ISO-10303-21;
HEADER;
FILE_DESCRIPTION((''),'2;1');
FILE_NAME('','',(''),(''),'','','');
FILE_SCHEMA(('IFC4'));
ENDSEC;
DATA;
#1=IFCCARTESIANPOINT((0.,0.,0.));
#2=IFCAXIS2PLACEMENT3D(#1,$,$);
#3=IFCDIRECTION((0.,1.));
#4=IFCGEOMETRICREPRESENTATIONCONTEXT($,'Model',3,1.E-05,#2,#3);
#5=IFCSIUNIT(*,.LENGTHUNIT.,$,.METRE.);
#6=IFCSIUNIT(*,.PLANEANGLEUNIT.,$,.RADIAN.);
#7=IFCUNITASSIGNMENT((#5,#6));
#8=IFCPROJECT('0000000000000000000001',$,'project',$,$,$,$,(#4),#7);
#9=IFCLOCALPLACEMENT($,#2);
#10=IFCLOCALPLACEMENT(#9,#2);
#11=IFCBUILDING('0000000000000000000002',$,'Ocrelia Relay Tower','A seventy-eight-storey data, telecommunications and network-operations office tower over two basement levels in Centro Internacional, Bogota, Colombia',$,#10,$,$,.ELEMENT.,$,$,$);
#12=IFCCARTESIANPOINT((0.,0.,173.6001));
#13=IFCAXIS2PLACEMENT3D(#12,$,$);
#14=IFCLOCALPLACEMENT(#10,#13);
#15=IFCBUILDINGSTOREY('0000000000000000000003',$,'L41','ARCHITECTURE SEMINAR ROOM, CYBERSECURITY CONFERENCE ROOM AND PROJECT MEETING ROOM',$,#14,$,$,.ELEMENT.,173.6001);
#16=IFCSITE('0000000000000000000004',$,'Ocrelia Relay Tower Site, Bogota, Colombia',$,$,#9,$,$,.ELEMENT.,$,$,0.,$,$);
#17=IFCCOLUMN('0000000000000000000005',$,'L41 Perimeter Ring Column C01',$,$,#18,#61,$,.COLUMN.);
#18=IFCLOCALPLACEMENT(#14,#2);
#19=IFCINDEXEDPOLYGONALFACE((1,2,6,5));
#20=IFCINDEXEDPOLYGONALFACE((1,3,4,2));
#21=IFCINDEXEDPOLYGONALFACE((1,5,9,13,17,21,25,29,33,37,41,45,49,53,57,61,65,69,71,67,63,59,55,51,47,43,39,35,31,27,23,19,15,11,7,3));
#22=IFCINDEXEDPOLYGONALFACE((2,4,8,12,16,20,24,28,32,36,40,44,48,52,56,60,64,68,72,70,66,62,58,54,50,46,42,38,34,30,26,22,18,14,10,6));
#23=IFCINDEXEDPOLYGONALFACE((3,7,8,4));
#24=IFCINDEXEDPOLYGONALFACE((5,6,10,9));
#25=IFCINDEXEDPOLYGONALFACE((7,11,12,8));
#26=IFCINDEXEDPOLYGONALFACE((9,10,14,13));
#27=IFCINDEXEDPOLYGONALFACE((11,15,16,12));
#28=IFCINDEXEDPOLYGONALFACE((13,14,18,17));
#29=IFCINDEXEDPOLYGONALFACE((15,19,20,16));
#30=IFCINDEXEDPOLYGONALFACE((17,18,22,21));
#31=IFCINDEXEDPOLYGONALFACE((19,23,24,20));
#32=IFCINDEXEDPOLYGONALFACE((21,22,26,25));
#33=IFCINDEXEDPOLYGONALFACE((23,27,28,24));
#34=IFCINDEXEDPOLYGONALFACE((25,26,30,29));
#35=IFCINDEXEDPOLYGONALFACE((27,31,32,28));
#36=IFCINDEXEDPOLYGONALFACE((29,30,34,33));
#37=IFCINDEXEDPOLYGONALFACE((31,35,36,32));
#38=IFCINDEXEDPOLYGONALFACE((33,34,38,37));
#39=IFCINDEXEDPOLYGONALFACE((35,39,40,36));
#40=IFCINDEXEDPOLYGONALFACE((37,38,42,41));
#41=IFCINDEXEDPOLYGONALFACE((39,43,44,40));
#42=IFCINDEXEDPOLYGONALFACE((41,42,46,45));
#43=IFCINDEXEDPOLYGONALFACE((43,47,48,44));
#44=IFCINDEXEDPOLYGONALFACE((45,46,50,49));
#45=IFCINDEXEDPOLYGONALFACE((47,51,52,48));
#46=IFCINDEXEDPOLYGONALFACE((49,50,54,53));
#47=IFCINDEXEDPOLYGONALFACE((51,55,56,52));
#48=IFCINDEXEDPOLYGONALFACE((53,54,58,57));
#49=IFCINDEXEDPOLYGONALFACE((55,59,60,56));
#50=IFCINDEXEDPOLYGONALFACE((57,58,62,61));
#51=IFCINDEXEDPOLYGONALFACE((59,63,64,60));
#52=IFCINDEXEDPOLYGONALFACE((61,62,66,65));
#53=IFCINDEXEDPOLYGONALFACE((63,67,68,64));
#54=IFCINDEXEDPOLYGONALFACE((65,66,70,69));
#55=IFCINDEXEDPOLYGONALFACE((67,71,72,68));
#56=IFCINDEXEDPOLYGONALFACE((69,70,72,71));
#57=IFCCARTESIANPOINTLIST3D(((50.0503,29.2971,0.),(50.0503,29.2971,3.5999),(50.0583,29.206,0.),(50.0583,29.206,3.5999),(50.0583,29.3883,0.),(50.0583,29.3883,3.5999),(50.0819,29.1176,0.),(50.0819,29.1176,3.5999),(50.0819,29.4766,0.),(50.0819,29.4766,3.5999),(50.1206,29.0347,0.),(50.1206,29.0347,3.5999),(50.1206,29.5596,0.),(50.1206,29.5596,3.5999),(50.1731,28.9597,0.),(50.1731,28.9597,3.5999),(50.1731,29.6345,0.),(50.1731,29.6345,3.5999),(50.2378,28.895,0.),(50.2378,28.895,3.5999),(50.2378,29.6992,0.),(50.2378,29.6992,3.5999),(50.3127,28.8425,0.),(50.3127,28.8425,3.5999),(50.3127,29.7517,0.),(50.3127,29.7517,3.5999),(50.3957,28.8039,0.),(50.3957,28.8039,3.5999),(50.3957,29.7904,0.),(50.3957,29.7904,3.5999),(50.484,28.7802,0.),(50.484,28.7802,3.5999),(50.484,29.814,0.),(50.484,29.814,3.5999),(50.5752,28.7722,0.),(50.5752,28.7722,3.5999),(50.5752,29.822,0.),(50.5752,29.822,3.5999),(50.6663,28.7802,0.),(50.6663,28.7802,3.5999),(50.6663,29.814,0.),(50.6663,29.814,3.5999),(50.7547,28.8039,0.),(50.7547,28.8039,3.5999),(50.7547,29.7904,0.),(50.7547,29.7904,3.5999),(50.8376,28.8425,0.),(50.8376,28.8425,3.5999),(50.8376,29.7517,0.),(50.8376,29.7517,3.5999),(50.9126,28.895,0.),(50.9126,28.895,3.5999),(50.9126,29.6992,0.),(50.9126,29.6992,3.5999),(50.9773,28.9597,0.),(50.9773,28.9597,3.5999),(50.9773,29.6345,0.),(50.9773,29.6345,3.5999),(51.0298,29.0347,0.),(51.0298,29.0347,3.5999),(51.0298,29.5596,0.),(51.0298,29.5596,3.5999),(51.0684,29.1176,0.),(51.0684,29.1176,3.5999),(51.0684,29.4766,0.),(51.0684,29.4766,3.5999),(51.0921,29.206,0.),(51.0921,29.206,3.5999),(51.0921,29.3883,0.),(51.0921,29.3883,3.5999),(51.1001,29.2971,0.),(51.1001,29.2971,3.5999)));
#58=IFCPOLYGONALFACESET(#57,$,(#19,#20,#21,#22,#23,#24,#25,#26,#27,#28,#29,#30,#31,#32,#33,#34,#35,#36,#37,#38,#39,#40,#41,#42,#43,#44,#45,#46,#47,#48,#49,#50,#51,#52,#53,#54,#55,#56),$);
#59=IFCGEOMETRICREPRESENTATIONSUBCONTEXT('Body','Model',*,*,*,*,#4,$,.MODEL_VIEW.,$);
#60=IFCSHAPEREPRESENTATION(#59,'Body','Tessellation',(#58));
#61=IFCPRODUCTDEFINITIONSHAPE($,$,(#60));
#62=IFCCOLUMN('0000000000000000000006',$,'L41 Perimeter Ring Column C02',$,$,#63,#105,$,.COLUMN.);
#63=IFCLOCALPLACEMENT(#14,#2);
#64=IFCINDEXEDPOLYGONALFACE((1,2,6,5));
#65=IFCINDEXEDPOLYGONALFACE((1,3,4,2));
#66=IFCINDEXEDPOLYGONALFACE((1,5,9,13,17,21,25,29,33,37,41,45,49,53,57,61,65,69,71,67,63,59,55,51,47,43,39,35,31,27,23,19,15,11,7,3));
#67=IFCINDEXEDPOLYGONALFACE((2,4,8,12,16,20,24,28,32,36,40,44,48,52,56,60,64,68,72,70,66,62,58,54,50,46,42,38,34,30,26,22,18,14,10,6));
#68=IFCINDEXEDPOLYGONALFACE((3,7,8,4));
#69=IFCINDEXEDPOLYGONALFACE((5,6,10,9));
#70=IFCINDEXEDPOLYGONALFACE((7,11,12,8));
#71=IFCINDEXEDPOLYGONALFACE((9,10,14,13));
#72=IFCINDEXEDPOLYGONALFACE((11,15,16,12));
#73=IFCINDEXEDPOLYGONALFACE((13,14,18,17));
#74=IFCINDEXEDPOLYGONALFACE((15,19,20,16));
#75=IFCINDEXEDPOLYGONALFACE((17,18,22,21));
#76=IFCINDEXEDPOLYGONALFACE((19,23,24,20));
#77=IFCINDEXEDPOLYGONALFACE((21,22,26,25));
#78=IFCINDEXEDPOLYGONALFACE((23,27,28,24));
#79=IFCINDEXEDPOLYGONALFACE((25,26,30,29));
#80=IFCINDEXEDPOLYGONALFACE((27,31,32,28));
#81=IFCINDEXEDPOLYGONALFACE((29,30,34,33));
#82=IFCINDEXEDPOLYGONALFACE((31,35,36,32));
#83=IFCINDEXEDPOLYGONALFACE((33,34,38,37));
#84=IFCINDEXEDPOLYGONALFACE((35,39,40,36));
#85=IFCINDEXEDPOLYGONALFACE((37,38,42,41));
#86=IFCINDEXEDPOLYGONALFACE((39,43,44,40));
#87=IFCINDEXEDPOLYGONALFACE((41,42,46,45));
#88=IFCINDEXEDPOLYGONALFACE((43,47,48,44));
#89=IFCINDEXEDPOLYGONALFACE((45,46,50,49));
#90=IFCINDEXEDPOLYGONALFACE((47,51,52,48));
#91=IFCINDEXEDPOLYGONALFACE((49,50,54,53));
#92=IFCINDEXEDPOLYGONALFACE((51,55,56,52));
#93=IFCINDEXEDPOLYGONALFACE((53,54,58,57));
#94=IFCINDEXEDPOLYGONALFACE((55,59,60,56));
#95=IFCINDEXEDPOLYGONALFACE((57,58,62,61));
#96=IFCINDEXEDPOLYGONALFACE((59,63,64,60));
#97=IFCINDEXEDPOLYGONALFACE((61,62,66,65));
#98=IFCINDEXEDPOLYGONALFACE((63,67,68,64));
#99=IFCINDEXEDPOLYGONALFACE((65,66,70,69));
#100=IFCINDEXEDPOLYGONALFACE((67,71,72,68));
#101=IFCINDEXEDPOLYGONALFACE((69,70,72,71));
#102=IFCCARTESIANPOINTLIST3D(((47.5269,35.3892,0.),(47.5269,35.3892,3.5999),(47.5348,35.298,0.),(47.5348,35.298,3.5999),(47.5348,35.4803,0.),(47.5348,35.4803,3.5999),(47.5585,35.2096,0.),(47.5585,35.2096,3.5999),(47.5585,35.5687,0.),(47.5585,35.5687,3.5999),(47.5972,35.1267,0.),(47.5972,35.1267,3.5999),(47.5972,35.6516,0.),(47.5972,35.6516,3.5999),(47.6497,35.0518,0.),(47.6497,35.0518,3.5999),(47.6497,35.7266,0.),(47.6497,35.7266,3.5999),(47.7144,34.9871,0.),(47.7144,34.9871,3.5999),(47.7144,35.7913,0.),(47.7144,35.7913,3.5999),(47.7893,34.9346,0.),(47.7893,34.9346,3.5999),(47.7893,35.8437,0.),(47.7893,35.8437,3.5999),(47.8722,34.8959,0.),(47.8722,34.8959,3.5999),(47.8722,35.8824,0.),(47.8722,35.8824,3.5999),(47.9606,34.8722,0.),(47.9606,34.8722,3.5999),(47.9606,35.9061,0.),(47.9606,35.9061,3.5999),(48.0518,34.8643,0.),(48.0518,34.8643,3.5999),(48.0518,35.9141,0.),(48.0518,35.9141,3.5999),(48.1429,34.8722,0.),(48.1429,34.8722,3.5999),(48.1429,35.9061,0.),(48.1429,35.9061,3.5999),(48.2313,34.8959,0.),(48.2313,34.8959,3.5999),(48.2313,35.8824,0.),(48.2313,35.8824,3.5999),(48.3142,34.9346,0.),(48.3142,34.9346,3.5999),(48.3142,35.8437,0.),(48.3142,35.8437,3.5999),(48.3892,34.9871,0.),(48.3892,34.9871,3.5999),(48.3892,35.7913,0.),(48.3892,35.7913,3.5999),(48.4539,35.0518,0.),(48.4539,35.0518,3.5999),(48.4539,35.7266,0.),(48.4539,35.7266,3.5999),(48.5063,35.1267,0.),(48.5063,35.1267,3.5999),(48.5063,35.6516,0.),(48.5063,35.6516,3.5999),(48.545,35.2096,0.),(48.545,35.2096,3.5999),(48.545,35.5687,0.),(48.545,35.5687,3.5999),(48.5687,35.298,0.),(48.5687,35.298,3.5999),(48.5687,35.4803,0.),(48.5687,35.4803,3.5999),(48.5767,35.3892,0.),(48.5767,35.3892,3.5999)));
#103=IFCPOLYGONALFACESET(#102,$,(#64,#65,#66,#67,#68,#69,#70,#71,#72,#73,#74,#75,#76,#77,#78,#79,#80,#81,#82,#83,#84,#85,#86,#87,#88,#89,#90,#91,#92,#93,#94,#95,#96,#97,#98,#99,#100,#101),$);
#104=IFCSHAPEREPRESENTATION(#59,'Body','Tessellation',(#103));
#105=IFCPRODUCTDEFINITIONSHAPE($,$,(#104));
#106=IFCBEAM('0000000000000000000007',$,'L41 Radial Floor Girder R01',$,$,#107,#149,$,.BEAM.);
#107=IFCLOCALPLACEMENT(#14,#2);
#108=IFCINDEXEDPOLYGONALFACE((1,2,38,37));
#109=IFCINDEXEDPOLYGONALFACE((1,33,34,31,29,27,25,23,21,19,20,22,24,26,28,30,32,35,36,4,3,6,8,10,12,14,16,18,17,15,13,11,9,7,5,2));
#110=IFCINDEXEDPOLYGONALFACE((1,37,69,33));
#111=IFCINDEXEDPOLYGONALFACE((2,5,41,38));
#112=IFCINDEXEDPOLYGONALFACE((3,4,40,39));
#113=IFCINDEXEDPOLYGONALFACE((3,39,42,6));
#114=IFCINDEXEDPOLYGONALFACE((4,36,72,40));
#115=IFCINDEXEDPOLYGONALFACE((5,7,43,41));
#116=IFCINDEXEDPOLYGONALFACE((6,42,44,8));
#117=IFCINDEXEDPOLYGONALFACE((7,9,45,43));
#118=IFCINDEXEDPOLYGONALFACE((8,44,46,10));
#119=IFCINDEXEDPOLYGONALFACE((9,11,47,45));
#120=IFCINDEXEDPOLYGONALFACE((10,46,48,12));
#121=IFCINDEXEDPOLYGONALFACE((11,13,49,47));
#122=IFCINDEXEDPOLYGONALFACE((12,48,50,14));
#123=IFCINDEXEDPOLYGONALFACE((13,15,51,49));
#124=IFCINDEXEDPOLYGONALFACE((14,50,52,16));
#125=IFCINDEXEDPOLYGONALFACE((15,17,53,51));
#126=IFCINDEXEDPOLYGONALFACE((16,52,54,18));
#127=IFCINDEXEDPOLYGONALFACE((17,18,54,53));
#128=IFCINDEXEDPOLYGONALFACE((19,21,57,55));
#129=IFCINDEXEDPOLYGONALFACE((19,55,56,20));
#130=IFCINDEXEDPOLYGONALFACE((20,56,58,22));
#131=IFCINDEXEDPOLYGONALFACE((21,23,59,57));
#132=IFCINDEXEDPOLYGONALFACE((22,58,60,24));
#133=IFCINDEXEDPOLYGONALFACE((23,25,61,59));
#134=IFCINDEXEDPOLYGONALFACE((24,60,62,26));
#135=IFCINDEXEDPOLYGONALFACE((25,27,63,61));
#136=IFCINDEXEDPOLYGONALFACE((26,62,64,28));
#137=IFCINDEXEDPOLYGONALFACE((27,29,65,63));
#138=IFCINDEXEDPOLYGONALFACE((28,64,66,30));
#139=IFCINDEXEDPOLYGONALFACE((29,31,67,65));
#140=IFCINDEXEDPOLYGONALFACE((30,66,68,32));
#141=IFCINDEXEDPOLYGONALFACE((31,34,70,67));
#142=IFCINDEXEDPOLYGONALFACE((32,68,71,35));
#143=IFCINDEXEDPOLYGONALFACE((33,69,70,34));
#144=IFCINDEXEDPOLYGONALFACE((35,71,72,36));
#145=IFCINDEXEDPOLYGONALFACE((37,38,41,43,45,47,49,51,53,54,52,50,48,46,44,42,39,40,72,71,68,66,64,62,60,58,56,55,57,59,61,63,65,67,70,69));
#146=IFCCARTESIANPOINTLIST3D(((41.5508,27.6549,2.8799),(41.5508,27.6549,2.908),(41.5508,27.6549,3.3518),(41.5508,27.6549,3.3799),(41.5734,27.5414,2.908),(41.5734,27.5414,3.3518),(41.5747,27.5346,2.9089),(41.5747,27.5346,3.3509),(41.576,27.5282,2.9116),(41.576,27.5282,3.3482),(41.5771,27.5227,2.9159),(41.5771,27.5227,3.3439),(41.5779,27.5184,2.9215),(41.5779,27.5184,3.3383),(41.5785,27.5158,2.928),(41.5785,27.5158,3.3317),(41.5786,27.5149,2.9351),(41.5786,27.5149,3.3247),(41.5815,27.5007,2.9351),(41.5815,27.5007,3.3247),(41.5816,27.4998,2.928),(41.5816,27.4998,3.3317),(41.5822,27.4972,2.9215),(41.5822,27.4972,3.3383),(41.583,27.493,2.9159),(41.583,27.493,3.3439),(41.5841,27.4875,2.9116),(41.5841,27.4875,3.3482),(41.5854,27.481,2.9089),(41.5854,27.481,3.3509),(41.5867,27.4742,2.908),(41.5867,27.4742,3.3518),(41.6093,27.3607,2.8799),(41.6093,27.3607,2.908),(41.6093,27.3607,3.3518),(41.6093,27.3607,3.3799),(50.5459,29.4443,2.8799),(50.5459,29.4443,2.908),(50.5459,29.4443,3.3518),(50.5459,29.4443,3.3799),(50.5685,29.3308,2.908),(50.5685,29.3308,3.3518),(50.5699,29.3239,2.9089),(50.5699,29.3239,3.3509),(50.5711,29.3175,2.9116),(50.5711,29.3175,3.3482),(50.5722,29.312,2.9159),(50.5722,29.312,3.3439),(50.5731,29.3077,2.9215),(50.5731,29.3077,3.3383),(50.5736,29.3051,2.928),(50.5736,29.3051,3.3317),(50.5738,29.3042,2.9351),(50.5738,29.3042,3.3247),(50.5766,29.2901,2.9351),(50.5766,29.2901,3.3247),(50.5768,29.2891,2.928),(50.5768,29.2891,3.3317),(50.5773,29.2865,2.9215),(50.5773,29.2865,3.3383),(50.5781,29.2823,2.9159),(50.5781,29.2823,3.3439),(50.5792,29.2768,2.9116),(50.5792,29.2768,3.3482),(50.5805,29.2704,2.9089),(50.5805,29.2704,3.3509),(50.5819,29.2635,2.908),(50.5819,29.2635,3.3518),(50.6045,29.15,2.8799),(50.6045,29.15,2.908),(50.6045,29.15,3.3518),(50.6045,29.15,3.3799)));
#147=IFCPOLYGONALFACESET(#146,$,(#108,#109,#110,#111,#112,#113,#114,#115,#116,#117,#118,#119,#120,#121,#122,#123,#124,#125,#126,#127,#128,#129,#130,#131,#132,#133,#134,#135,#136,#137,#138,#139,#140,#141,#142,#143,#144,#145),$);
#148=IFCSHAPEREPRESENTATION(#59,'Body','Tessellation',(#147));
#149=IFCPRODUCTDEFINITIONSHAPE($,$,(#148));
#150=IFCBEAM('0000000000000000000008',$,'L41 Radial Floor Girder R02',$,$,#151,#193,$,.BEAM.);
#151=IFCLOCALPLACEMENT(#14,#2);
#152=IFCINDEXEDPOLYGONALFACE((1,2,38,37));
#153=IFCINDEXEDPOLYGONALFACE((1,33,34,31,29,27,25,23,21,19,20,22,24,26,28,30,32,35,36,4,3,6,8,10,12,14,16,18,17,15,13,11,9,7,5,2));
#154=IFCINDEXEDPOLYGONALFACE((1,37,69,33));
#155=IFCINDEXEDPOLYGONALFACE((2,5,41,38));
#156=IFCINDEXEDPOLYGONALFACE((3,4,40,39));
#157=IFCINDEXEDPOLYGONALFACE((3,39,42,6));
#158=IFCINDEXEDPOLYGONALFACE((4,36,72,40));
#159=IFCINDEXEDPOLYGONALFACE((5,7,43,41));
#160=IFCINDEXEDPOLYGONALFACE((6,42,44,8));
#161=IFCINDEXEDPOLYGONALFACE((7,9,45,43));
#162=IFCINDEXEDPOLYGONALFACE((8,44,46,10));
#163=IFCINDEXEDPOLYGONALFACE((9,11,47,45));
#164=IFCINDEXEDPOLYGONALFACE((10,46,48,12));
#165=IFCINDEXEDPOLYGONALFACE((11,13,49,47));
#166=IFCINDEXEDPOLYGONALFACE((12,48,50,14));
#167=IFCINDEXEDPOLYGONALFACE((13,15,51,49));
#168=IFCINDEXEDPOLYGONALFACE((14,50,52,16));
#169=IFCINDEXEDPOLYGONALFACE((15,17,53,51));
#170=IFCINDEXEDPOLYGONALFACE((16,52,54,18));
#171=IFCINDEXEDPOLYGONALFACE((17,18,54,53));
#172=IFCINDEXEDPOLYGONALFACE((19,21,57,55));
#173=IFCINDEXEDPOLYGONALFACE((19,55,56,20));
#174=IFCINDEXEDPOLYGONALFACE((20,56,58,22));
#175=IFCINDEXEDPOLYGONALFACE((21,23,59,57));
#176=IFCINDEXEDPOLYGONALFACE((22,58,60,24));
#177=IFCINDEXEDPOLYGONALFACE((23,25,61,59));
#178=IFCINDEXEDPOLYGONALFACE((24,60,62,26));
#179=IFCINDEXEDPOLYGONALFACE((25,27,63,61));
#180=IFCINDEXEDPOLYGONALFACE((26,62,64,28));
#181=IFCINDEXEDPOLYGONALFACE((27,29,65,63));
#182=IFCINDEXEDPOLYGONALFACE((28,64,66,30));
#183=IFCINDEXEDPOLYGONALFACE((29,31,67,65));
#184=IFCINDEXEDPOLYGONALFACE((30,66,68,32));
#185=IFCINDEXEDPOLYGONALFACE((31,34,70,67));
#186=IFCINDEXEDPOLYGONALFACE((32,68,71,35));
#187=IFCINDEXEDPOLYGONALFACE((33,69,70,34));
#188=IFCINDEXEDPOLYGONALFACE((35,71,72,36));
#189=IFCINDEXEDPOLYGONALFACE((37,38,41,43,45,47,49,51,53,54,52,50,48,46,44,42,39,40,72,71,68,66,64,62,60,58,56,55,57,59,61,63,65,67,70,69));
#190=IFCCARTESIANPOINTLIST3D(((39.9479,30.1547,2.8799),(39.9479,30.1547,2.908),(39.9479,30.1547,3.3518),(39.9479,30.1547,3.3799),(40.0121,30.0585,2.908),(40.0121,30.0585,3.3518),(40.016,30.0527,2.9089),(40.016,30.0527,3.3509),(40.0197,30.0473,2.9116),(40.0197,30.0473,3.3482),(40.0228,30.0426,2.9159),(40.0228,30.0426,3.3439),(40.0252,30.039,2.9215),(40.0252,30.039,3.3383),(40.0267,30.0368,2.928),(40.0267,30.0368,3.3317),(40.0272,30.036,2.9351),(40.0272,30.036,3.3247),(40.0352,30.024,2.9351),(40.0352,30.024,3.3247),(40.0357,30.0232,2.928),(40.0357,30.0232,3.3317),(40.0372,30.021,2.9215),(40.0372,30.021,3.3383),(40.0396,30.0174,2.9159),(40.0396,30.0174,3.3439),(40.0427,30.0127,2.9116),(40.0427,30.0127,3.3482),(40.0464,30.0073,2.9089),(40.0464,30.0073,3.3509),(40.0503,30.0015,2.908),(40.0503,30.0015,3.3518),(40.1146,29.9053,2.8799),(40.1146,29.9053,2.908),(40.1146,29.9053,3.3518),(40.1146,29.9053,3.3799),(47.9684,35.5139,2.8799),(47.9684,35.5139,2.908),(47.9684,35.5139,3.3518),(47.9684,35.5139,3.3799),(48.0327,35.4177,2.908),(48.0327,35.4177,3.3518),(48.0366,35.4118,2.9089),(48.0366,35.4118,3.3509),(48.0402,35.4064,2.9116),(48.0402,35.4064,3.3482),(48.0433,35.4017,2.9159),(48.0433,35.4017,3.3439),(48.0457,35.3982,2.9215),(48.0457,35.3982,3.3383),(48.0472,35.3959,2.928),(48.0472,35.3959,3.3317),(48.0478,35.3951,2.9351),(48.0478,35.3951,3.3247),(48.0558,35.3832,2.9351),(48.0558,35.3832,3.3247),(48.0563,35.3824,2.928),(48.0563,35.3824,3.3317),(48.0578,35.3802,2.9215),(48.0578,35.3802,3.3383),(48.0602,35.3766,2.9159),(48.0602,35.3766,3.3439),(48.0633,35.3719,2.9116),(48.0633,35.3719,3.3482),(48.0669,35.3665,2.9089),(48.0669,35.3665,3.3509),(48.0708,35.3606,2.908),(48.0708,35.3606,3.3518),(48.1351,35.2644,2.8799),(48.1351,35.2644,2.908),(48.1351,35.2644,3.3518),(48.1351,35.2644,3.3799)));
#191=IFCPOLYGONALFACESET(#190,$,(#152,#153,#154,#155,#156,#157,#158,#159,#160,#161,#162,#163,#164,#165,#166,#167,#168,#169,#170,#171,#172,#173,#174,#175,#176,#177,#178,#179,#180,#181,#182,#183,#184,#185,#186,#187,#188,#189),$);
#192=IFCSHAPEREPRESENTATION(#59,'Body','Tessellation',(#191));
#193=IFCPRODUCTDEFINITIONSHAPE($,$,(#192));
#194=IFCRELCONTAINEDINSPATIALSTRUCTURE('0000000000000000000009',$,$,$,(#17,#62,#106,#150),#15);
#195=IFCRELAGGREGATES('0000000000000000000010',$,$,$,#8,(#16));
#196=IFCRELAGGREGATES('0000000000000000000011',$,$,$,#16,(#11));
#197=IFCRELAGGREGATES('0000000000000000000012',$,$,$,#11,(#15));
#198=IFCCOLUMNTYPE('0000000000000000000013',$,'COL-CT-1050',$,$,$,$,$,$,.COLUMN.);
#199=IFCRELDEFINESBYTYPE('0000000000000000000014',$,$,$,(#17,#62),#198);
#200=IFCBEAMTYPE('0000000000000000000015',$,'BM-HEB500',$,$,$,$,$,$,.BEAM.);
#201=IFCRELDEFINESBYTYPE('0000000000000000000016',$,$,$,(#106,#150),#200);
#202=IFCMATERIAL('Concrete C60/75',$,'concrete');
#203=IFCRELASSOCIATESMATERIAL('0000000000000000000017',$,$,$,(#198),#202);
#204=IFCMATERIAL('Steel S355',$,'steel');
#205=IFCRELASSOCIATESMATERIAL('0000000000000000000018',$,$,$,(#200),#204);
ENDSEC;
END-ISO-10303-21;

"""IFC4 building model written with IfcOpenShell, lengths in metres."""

from ifc_helpers import new_model, si_unit, direction, frame, origin, origin_2d, place, context, subcontext, project, spatial, circle, i_section, extrude, material, material_profile, profile_set, type_object, element, save


model = new_model("IFC4")

# Units and contexts
model_context = context("Model", 3, precision=1e-05, world=origin(), true_north=direction((0.0, 1.0)))
body_context = subcontext(model_context, "Body", "Model", "MODEL_VIEW")
ifc_project = project(units=[si_unit("LENGTHUNIT", "METRE"), si_unit("PLANEANGLEUNIT", "RADIAN")], contexts=[model_context])

# Site, building, storey
site_placement = place(None, origin())
site = spatial("IfcSite", under=ifc_project, at=site_placement, Name="Ocrelia Relay Tower Site, Bogota, Colombia", CompositionType="ELEMENT", RefElevation=0.0)
building_placement = place(site_placement, origin())
building = spatial("IfcBuilding", under=site, at=building_placement, Name="Ocrelia Relay Tower", Description="A seventy-eight-storey data, telecommunications and network-operations office tower over two basement levels in Centro Internacional, Bogota, Colombia", CompositionType="ELEMENT")
storey_placement = place(building_placement, frame((0.0, 0.0, 173.6001)))
storey = spatial("IfcBuildingStorey", under=building, at=storey_placement, Name="L41", Description="ARCHITECTURE SEMINAR ROOM, CYBERSECURITY CONFERENCE ROOM AND PROJECT MEETING ROOM", CompositionType="ELEMENT", Elevation=173.6001)

# Columns
ifc_material_1 = material(Name="Concrete C60/75", Category="concrete")
ifc_material_profile_1 = material_profile(ifc_material_1, circle(Radius=0.5249, at=origin_2d()), Name="RC-CIR-1050")
ifc_profile_set_1 = profile_set([ifc_material_profile_1], Name="Concrete C60/75")
column_type = type_object("IfcColumnType", Name="COL-CT-1050", PredefinedType="COLUMN", material=ifc_profile_set_1)
for number, where, z_axis, x_axis, name in (
    (1, (50.5752, 29.2971, 0.0), (0.0, 0.0, 1.0), (1.0, 0.0, 0.0), "L41 Perimeter Ring Column C01"),
    (2, (48.0518, 35.3892, 0.0), (0.0, 0.0, 1.0), (1.0, 0.0, 0.0), "L41 Perimeter Ring Column C02"),
):
    element("IfcColumn", number, at=place(storey_placement, frame(where, z_axis=z_axis, x_axis=x_axis)), inside=storey, type_object=column_type, Name=name, PredefinedType="COLUMN", context=body_context, shape_type="SweptSolid", body=[
        extrude(circle(Radius=0.5249, at=origin_2d()), origin(), (0.0, 0.0, 1.0), 3.5999),
    ])

# Beams
ifc_material_2 = material(Name="Steel S355", Category="steel")
ifc_material_profile_2 = material_profile(ifc_material_2, i_section(OverallWidth=0.3, OverallDepth=0.5, WebThickness=0.0144, FlangeThickness=0.0281, FilletRadius=0.0271, at=origin_2d()), Name="HEB 500")
ifc_profile_set_2 = profile_set([ifc_material_profile_2], Name="Steel S355")
beam_type_1 = type_object("IfcBeamType", Name="BM-HEB500", PredefinedType="BEAM", material=ifc_profile_set_2)
beam_1_placement = place(storey_placement, frame((50.5752, 29.2971, 3.1299), z_axis=(-0.980784, -0.195097, 0.0), x_axis=(0.195097, -0.980784, 0.0)))
element("IfcBeam", 3, at=beam_1_placement, inside=storey, type_object=beam_type_1, Name="L41 Radial Floor Girder R01", PredefinedType="BEAM", context=body_context, shape_type="SweptSolid", body=[
    extrude(i_section(OverallWidth=0.3, OverallDepth=0.5, WebThickness=0.0144, FlangeThickness=0.0281, FilletRadius=0.0271, at=origin_2d()), origin(), (0.0, 0.0, 1.0), 9.1714),
])
beam_2_placement = place(storey_placement, frame((48.0518, 35.3892, 3.1299), z_axis=(-0.83147, -0.55557, 0.0), x_axis=(0.55557, -0.83147, 0.0)))
element("IfcBeam", 4, at=beam_2_placement, inside=storey, type_object=beam_type_1, Name="L41 Radial Floor Girder R02", PredefinedType="BEAM", context=body_context, shape_type="SweptSolid", body=[
    extrude(i_section(OverallWidth=0.3, OverallDepth=0.5, WebThickness=0.0144, FlangeThickness=0.0281, FilletRadius=0.0271, at=origin_2d()), origin(), (0.0, 0.0, 1.0), 9.6462),
])

save(model, "model.ifc")
